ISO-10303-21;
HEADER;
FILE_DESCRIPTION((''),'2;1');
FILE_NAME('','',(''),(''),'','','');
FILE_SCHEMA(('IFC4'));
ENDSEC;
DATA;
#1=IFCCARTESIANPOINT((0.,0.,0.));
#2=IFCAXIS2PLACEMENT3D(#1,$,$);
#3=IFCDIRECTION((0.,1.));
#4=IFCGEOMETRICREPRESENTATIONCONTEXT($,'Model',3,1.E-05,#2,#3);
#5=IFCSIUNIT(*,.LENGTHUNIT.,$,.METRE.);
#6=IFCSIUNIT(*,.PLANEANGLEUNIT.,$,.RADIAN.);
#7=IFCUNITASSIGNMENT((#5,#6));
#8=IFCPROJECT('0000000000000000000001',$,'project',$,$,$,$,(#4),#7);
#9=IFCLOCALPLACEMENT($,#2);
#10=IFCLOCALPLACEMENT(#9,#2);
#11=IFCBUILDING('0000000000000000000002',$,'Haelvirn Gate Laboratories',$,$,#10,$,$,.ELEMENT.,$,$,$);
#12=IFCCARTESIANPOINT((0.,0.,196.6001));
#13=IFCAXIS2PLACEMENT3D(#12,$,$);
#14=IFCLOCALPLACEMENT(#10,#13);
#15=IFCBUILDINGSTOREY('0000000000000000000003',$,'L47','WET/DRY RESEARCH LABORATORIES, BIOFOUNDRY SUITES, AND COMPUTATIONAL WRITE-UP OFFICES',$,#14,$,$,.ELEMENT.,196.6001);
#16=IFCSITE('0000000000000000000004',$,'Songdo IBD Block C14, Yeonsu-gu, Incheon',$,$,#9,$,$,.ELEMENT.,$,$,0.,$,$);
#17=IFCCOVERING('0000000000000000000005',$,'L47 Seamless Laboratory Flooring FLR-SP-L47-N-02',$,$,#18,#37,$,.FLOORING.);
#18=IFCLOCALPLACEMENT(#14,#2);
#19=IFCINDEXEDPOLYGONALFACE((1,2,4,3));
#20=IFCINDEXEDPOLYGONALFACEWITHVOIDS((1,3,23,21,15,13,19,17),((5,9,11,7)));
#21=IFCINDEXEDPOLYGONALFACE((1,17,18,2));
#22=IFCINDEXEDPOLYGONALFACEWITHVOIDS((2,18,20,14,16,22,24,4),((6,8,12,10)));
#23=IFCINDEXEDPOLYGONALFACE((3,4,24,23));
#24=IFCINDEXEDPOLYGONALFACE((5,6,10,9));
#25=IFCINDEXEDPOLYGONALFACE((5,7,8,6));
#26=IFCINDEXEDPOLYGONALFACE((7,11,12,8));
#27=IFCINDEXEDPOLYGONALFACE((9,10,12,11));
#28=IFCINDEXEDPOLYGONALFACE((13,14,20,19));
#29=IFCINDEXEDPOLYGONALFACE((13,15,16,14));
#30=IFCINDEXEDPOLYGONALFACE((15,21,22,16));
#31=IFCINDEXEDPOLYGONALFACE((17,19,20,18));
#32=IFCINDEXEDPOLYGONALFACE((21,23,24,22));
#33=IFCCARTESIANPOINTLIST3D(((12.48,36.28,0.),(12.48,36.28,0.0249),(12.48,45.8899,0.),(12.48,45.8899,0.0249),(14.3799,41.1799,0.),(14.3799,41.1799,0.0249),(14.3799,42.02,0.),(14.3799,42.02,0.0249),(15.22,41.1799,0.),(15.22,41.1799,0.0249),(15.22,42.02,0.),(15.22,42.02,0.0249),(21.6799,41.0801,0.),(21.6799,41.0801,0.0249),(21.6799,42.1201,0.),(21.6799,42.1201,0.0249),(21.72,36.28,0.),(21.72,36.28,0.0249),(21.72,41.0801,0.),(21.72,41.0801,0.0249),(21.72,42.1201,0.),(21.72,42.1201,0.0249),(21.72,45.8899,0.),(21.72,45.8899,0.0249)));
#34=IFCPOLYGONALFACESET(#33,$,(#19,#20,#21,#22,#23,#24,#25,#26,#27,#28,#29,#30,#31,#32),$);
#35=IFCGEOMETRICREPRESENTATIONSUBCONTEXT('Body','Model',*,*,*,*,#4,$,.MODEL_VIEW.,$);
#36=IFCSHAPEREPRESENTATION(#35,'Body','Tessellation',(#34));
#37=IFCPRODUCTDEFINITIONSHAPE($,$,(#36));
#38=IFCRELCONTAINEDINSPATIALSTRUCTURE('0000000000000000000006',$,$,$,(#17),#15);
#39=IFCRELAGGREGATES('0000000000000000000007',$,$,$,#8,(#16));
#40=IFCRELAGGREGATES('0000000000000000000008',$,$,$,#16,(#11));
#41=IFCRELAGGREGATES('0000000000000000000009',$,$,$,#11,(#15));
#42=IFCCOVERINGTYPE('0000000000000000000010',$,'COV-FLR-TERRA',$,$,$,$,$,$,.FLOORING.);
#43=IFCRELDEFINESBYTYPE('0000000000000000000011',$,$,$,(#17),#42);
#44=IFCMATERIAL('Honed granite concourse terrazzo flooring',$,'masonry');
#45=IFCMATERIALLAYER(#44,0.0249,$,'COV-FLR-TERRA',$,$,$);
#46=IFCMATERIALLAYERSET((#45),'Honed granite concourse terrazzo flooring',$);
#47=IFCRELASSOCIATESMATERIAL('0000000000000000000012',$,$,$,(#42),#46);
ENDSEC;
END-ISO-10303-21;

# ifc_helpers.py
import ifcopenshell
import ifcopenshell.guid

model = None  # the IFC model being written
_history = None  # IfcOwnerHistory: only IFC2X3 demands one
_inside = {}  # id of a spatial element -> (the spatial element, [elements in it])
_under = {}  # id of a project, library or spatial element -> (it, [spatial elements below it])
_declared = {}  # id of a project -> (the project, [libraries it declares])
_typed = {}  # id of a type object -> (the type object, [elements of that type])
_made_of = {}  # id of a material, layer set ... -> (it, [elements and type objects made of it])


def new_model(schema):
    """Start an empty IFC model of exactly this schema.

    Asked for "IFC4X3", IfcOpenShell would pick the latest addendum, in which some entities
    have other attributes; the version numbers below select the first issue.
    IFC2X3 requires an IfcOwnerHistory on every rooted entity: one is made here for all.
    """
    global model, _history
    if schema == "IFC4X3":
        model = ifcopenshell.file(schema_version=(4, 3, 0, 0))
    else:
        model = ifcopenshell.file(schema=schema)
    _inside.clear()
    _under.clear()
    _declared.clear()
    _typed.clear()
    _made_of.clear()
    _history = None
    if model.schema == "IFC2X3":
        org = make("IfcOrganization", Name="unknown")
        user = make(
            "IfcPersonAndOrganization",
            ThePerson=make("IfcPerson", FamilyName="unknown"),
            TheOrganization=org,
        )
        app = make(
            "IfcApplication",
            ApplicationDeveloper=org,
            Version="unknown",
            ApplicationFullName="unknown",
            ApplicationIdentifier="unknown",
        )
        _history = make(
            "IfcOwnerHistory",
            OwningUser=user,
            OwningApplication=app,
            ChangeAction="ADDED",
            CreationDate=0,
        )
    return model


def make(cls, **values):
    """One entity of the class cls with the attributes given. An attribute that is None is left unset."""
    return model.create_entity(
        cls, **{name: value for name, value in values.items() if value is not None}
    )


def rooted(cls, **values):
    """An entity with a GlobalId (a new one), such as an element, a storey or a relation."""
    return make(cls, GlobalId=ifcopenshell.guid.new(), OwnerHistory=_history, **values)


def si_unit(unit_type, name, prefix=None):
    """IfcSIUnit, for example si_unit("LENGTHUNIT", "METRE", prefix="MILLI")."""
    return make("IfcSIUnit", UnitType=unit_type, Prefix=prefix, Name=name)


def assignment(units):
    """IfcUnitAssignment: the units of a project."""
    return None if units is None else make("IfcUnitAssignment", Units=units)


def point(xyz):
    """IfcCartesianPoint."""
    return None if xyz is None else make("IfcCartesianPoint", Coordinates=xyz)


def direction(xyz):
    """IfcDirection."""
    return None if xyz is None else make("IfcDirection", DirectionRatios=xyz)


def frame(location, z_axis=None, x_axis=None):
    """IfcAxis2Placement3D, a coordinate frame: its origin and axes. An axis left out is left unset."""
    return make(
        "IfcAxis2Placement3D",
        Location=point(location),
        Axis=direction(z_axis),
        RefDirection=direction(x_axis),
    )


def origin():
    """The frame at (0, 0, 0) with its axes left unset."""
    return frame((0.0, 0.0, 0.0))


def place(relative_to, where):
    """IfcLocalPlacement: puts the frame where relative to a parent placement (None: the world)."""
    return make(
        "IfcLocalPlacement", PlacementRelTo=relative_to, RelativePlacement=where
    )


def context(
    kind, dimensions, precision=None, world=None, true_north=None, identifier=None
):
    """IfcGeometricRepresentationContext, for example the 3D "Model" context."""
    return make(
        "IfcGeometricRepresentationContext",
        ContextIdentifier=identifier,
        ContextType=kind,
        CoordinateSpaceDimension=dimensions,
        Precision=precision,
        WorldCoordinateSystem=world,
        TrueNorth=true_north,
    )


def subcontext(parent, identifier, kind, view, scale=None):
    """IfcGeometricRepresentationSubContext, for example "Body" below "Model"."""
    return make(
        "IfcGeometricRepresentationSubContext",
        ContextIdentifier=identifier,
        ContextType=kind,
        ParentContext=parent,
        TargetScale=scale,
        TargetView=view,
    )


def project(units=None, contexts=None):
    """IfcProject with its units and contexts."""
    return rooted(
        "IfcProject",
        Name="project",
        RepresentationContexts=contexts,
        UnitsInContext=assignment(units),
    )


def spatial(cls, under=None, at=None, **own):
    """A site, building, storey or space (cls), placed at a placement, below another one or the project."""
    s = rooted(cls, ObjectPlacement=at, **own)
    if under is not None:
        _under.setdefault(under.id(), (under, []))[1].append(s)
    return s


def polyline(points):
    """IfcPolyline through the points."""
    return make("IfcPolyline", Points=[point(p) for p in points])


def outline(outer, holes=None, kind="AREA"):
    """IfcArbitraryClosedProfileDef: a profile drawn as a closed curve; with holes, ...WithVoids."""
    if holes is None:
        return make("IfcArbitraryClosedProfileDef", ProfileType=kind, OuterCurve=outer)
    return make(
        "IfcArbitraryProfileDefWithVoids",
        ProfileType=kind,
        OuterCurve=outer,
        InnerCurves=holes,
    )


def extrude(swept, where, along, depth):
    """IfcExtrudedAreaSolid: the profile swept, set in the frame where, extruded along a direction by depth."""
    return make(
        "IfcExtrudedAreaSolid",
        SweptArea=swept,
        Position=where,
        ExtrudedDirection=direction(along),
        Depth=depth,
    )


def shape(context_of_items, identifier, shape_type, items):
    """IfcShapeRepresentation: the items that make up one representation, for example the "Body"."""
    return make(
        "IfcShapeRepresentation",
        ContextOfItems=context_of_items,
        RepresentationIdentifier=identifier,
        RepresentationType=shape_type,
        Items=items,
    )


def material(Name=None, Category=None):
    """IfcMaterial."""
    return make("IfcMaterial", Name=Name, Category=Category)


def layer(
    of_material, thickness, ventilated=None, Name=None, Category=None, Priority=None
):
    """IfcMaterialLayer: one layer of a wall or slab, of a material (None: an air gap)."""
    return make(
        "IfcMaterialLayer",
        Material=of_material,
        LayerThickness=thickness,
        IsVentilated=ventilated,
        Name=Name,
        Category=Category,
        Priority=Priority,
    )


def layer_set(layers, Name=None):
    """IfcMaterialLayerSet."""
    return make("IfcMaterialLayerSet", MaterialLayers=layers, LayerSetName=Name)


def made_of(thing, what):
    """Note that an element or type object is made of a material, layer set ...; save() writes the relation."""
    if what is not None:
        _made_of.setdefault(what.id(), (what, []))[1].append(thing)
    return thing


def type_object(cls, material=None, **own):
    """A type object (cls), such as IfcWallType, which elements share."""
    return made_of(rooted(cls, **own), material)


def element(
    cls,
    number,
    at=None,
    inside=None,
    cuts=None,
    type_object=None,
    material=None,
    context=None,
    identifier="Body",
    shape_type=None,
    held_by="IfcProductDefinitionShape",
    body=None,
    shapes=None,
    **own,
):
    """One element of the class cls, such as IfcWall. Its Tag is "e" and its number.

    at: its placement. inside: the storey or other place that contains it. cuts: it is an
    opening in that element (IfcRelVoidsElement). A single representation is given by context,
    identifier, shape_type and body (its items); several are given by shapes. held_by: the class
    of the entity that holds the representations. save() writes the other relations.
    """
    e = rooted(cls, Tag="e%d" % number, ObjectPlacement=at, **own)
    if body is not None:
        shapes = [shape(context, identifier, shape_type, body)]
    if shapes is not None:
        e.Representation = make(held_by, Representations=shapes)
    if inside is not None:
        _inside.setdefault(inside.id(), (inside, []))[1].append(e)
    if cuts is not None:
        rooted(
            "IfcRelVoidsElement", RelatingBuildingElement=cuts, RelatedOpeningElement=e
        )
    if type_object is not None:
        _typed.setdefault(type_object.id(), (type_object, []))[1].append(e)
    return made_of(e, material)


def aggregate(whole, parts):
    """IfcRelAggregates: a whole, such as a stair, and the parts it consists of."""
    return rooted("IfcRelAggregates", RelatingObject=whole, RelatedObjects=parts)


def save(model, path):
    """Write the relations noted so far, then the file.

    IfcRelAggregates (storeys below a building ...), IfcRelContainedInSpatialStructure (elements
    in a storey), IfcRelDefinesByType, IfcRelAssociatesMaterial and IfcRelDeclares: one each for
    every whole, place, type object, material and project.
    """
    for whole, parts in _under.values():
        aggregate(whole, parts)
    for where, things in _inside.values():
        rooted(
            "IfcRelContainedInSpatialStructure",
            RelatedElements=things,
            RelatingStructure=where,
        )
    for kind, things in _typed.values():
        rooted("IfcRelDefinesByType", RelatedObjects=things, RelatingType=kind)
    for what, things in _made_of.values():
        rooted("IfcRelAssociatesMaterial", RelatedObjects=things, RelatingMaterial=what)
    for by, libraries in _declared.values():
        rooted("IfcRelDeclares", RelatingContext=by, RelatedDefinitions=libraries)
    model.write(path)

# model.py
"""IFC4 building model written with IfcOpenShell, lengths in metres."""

from ifc_helpers import new_model, si_unit, direction, frame, origin, place, context, subcontext, project, spatial, polyline, outline, extrude, material, layer, layer_set, type_object, element, save


model = new_model("IFC4")

# Units and contexts
model_context = context("Model", 3, precision=1e-05, world=origin(), true_north=direction((0.0, 1.0)))
body_context = subcontext(model_context, "Body", "Model", "MODEL_VIEW")
ifc_project = project(units=[si_unit("LENGTHUNIT", "METRE"), si_unit("PLANEANGLEUNIT", "RADIAN")], contexts=[model_context])

# Site, building, storey
site_placement = place(None, origin())
site = spatial("IfcSite", under=ifc_project, at=site_placement, Name="Songdo IBD Block C14, Yeonsu-gu, Incheon", CompositionType="ELEMENT", RefElevation=0.0)
building_placement = place(site_placement, origin())
building = spatial("IfcBuilding", under=site, at=building_placement, Name="Haelvirn Gate Laboratories", CompositionType="ELEMENT")
storey_placement = place(building_placement, frame((0.0, 0.0, 196.6001)))
storey = spatial("IfcBuildingStorey", under=building, at=storey_placement, Name="L47", Description="WET/DRY RESEARCH LABORATORIES, BIOFOUNDRY SUITES, AND COMPUTATIONAL WRITE-UP OFFICES", CompositionType="ELEMENT", Elevation=196.6001)

# Covering
ifc_material_1 = material(Name="Honed granite concourse terrazzo flooring", Category="masonry")
ifc_layer_1 = layer(ifc_material_1, 0.0249, Name="COV-FLR-TERRA")
ifc_layer_set_1 = layer_set([ifc_layer_1], Name="Honed granite concourse terrazzo flooring")
covering_type_1 = type_object("IfcCoveringType", Name="COV-FLR-TERRA", PredefinedType="FLOORING", material=ifc_layer_set_1)
covering_1_placement = place(storey_placement, origin())
element("IfcCovering", 1, at=covering_1_placement, inside=storey, type_object=covering_type_1, Name="L47 Seamless Laboratory Flooring FLR-SP-L47-N-02", PredefinedType="FLOORING", context=body_context, shape_type="SweptSolid", body=[
    extrude(outline(polyline([(21.72, 42.1201), (21.6799, 42.1201), (21.6799, 41.0801), (21.72, 41.0801), (21.72, 36.28), (12.48, 36.28), (12.48, 45.8899), (21.72, 45.8899), (21.72, 42.1201)]), holes=[polyline([(14.3799, 41.1799), (15.22, 41.1799), (15.22, 42.02), (14.3799, 42.02), (14.3799, 41.1799)])]), origin(), (0.0, 0.0, 1.0), 0.0249),
])

save(model, "model.ifc")
